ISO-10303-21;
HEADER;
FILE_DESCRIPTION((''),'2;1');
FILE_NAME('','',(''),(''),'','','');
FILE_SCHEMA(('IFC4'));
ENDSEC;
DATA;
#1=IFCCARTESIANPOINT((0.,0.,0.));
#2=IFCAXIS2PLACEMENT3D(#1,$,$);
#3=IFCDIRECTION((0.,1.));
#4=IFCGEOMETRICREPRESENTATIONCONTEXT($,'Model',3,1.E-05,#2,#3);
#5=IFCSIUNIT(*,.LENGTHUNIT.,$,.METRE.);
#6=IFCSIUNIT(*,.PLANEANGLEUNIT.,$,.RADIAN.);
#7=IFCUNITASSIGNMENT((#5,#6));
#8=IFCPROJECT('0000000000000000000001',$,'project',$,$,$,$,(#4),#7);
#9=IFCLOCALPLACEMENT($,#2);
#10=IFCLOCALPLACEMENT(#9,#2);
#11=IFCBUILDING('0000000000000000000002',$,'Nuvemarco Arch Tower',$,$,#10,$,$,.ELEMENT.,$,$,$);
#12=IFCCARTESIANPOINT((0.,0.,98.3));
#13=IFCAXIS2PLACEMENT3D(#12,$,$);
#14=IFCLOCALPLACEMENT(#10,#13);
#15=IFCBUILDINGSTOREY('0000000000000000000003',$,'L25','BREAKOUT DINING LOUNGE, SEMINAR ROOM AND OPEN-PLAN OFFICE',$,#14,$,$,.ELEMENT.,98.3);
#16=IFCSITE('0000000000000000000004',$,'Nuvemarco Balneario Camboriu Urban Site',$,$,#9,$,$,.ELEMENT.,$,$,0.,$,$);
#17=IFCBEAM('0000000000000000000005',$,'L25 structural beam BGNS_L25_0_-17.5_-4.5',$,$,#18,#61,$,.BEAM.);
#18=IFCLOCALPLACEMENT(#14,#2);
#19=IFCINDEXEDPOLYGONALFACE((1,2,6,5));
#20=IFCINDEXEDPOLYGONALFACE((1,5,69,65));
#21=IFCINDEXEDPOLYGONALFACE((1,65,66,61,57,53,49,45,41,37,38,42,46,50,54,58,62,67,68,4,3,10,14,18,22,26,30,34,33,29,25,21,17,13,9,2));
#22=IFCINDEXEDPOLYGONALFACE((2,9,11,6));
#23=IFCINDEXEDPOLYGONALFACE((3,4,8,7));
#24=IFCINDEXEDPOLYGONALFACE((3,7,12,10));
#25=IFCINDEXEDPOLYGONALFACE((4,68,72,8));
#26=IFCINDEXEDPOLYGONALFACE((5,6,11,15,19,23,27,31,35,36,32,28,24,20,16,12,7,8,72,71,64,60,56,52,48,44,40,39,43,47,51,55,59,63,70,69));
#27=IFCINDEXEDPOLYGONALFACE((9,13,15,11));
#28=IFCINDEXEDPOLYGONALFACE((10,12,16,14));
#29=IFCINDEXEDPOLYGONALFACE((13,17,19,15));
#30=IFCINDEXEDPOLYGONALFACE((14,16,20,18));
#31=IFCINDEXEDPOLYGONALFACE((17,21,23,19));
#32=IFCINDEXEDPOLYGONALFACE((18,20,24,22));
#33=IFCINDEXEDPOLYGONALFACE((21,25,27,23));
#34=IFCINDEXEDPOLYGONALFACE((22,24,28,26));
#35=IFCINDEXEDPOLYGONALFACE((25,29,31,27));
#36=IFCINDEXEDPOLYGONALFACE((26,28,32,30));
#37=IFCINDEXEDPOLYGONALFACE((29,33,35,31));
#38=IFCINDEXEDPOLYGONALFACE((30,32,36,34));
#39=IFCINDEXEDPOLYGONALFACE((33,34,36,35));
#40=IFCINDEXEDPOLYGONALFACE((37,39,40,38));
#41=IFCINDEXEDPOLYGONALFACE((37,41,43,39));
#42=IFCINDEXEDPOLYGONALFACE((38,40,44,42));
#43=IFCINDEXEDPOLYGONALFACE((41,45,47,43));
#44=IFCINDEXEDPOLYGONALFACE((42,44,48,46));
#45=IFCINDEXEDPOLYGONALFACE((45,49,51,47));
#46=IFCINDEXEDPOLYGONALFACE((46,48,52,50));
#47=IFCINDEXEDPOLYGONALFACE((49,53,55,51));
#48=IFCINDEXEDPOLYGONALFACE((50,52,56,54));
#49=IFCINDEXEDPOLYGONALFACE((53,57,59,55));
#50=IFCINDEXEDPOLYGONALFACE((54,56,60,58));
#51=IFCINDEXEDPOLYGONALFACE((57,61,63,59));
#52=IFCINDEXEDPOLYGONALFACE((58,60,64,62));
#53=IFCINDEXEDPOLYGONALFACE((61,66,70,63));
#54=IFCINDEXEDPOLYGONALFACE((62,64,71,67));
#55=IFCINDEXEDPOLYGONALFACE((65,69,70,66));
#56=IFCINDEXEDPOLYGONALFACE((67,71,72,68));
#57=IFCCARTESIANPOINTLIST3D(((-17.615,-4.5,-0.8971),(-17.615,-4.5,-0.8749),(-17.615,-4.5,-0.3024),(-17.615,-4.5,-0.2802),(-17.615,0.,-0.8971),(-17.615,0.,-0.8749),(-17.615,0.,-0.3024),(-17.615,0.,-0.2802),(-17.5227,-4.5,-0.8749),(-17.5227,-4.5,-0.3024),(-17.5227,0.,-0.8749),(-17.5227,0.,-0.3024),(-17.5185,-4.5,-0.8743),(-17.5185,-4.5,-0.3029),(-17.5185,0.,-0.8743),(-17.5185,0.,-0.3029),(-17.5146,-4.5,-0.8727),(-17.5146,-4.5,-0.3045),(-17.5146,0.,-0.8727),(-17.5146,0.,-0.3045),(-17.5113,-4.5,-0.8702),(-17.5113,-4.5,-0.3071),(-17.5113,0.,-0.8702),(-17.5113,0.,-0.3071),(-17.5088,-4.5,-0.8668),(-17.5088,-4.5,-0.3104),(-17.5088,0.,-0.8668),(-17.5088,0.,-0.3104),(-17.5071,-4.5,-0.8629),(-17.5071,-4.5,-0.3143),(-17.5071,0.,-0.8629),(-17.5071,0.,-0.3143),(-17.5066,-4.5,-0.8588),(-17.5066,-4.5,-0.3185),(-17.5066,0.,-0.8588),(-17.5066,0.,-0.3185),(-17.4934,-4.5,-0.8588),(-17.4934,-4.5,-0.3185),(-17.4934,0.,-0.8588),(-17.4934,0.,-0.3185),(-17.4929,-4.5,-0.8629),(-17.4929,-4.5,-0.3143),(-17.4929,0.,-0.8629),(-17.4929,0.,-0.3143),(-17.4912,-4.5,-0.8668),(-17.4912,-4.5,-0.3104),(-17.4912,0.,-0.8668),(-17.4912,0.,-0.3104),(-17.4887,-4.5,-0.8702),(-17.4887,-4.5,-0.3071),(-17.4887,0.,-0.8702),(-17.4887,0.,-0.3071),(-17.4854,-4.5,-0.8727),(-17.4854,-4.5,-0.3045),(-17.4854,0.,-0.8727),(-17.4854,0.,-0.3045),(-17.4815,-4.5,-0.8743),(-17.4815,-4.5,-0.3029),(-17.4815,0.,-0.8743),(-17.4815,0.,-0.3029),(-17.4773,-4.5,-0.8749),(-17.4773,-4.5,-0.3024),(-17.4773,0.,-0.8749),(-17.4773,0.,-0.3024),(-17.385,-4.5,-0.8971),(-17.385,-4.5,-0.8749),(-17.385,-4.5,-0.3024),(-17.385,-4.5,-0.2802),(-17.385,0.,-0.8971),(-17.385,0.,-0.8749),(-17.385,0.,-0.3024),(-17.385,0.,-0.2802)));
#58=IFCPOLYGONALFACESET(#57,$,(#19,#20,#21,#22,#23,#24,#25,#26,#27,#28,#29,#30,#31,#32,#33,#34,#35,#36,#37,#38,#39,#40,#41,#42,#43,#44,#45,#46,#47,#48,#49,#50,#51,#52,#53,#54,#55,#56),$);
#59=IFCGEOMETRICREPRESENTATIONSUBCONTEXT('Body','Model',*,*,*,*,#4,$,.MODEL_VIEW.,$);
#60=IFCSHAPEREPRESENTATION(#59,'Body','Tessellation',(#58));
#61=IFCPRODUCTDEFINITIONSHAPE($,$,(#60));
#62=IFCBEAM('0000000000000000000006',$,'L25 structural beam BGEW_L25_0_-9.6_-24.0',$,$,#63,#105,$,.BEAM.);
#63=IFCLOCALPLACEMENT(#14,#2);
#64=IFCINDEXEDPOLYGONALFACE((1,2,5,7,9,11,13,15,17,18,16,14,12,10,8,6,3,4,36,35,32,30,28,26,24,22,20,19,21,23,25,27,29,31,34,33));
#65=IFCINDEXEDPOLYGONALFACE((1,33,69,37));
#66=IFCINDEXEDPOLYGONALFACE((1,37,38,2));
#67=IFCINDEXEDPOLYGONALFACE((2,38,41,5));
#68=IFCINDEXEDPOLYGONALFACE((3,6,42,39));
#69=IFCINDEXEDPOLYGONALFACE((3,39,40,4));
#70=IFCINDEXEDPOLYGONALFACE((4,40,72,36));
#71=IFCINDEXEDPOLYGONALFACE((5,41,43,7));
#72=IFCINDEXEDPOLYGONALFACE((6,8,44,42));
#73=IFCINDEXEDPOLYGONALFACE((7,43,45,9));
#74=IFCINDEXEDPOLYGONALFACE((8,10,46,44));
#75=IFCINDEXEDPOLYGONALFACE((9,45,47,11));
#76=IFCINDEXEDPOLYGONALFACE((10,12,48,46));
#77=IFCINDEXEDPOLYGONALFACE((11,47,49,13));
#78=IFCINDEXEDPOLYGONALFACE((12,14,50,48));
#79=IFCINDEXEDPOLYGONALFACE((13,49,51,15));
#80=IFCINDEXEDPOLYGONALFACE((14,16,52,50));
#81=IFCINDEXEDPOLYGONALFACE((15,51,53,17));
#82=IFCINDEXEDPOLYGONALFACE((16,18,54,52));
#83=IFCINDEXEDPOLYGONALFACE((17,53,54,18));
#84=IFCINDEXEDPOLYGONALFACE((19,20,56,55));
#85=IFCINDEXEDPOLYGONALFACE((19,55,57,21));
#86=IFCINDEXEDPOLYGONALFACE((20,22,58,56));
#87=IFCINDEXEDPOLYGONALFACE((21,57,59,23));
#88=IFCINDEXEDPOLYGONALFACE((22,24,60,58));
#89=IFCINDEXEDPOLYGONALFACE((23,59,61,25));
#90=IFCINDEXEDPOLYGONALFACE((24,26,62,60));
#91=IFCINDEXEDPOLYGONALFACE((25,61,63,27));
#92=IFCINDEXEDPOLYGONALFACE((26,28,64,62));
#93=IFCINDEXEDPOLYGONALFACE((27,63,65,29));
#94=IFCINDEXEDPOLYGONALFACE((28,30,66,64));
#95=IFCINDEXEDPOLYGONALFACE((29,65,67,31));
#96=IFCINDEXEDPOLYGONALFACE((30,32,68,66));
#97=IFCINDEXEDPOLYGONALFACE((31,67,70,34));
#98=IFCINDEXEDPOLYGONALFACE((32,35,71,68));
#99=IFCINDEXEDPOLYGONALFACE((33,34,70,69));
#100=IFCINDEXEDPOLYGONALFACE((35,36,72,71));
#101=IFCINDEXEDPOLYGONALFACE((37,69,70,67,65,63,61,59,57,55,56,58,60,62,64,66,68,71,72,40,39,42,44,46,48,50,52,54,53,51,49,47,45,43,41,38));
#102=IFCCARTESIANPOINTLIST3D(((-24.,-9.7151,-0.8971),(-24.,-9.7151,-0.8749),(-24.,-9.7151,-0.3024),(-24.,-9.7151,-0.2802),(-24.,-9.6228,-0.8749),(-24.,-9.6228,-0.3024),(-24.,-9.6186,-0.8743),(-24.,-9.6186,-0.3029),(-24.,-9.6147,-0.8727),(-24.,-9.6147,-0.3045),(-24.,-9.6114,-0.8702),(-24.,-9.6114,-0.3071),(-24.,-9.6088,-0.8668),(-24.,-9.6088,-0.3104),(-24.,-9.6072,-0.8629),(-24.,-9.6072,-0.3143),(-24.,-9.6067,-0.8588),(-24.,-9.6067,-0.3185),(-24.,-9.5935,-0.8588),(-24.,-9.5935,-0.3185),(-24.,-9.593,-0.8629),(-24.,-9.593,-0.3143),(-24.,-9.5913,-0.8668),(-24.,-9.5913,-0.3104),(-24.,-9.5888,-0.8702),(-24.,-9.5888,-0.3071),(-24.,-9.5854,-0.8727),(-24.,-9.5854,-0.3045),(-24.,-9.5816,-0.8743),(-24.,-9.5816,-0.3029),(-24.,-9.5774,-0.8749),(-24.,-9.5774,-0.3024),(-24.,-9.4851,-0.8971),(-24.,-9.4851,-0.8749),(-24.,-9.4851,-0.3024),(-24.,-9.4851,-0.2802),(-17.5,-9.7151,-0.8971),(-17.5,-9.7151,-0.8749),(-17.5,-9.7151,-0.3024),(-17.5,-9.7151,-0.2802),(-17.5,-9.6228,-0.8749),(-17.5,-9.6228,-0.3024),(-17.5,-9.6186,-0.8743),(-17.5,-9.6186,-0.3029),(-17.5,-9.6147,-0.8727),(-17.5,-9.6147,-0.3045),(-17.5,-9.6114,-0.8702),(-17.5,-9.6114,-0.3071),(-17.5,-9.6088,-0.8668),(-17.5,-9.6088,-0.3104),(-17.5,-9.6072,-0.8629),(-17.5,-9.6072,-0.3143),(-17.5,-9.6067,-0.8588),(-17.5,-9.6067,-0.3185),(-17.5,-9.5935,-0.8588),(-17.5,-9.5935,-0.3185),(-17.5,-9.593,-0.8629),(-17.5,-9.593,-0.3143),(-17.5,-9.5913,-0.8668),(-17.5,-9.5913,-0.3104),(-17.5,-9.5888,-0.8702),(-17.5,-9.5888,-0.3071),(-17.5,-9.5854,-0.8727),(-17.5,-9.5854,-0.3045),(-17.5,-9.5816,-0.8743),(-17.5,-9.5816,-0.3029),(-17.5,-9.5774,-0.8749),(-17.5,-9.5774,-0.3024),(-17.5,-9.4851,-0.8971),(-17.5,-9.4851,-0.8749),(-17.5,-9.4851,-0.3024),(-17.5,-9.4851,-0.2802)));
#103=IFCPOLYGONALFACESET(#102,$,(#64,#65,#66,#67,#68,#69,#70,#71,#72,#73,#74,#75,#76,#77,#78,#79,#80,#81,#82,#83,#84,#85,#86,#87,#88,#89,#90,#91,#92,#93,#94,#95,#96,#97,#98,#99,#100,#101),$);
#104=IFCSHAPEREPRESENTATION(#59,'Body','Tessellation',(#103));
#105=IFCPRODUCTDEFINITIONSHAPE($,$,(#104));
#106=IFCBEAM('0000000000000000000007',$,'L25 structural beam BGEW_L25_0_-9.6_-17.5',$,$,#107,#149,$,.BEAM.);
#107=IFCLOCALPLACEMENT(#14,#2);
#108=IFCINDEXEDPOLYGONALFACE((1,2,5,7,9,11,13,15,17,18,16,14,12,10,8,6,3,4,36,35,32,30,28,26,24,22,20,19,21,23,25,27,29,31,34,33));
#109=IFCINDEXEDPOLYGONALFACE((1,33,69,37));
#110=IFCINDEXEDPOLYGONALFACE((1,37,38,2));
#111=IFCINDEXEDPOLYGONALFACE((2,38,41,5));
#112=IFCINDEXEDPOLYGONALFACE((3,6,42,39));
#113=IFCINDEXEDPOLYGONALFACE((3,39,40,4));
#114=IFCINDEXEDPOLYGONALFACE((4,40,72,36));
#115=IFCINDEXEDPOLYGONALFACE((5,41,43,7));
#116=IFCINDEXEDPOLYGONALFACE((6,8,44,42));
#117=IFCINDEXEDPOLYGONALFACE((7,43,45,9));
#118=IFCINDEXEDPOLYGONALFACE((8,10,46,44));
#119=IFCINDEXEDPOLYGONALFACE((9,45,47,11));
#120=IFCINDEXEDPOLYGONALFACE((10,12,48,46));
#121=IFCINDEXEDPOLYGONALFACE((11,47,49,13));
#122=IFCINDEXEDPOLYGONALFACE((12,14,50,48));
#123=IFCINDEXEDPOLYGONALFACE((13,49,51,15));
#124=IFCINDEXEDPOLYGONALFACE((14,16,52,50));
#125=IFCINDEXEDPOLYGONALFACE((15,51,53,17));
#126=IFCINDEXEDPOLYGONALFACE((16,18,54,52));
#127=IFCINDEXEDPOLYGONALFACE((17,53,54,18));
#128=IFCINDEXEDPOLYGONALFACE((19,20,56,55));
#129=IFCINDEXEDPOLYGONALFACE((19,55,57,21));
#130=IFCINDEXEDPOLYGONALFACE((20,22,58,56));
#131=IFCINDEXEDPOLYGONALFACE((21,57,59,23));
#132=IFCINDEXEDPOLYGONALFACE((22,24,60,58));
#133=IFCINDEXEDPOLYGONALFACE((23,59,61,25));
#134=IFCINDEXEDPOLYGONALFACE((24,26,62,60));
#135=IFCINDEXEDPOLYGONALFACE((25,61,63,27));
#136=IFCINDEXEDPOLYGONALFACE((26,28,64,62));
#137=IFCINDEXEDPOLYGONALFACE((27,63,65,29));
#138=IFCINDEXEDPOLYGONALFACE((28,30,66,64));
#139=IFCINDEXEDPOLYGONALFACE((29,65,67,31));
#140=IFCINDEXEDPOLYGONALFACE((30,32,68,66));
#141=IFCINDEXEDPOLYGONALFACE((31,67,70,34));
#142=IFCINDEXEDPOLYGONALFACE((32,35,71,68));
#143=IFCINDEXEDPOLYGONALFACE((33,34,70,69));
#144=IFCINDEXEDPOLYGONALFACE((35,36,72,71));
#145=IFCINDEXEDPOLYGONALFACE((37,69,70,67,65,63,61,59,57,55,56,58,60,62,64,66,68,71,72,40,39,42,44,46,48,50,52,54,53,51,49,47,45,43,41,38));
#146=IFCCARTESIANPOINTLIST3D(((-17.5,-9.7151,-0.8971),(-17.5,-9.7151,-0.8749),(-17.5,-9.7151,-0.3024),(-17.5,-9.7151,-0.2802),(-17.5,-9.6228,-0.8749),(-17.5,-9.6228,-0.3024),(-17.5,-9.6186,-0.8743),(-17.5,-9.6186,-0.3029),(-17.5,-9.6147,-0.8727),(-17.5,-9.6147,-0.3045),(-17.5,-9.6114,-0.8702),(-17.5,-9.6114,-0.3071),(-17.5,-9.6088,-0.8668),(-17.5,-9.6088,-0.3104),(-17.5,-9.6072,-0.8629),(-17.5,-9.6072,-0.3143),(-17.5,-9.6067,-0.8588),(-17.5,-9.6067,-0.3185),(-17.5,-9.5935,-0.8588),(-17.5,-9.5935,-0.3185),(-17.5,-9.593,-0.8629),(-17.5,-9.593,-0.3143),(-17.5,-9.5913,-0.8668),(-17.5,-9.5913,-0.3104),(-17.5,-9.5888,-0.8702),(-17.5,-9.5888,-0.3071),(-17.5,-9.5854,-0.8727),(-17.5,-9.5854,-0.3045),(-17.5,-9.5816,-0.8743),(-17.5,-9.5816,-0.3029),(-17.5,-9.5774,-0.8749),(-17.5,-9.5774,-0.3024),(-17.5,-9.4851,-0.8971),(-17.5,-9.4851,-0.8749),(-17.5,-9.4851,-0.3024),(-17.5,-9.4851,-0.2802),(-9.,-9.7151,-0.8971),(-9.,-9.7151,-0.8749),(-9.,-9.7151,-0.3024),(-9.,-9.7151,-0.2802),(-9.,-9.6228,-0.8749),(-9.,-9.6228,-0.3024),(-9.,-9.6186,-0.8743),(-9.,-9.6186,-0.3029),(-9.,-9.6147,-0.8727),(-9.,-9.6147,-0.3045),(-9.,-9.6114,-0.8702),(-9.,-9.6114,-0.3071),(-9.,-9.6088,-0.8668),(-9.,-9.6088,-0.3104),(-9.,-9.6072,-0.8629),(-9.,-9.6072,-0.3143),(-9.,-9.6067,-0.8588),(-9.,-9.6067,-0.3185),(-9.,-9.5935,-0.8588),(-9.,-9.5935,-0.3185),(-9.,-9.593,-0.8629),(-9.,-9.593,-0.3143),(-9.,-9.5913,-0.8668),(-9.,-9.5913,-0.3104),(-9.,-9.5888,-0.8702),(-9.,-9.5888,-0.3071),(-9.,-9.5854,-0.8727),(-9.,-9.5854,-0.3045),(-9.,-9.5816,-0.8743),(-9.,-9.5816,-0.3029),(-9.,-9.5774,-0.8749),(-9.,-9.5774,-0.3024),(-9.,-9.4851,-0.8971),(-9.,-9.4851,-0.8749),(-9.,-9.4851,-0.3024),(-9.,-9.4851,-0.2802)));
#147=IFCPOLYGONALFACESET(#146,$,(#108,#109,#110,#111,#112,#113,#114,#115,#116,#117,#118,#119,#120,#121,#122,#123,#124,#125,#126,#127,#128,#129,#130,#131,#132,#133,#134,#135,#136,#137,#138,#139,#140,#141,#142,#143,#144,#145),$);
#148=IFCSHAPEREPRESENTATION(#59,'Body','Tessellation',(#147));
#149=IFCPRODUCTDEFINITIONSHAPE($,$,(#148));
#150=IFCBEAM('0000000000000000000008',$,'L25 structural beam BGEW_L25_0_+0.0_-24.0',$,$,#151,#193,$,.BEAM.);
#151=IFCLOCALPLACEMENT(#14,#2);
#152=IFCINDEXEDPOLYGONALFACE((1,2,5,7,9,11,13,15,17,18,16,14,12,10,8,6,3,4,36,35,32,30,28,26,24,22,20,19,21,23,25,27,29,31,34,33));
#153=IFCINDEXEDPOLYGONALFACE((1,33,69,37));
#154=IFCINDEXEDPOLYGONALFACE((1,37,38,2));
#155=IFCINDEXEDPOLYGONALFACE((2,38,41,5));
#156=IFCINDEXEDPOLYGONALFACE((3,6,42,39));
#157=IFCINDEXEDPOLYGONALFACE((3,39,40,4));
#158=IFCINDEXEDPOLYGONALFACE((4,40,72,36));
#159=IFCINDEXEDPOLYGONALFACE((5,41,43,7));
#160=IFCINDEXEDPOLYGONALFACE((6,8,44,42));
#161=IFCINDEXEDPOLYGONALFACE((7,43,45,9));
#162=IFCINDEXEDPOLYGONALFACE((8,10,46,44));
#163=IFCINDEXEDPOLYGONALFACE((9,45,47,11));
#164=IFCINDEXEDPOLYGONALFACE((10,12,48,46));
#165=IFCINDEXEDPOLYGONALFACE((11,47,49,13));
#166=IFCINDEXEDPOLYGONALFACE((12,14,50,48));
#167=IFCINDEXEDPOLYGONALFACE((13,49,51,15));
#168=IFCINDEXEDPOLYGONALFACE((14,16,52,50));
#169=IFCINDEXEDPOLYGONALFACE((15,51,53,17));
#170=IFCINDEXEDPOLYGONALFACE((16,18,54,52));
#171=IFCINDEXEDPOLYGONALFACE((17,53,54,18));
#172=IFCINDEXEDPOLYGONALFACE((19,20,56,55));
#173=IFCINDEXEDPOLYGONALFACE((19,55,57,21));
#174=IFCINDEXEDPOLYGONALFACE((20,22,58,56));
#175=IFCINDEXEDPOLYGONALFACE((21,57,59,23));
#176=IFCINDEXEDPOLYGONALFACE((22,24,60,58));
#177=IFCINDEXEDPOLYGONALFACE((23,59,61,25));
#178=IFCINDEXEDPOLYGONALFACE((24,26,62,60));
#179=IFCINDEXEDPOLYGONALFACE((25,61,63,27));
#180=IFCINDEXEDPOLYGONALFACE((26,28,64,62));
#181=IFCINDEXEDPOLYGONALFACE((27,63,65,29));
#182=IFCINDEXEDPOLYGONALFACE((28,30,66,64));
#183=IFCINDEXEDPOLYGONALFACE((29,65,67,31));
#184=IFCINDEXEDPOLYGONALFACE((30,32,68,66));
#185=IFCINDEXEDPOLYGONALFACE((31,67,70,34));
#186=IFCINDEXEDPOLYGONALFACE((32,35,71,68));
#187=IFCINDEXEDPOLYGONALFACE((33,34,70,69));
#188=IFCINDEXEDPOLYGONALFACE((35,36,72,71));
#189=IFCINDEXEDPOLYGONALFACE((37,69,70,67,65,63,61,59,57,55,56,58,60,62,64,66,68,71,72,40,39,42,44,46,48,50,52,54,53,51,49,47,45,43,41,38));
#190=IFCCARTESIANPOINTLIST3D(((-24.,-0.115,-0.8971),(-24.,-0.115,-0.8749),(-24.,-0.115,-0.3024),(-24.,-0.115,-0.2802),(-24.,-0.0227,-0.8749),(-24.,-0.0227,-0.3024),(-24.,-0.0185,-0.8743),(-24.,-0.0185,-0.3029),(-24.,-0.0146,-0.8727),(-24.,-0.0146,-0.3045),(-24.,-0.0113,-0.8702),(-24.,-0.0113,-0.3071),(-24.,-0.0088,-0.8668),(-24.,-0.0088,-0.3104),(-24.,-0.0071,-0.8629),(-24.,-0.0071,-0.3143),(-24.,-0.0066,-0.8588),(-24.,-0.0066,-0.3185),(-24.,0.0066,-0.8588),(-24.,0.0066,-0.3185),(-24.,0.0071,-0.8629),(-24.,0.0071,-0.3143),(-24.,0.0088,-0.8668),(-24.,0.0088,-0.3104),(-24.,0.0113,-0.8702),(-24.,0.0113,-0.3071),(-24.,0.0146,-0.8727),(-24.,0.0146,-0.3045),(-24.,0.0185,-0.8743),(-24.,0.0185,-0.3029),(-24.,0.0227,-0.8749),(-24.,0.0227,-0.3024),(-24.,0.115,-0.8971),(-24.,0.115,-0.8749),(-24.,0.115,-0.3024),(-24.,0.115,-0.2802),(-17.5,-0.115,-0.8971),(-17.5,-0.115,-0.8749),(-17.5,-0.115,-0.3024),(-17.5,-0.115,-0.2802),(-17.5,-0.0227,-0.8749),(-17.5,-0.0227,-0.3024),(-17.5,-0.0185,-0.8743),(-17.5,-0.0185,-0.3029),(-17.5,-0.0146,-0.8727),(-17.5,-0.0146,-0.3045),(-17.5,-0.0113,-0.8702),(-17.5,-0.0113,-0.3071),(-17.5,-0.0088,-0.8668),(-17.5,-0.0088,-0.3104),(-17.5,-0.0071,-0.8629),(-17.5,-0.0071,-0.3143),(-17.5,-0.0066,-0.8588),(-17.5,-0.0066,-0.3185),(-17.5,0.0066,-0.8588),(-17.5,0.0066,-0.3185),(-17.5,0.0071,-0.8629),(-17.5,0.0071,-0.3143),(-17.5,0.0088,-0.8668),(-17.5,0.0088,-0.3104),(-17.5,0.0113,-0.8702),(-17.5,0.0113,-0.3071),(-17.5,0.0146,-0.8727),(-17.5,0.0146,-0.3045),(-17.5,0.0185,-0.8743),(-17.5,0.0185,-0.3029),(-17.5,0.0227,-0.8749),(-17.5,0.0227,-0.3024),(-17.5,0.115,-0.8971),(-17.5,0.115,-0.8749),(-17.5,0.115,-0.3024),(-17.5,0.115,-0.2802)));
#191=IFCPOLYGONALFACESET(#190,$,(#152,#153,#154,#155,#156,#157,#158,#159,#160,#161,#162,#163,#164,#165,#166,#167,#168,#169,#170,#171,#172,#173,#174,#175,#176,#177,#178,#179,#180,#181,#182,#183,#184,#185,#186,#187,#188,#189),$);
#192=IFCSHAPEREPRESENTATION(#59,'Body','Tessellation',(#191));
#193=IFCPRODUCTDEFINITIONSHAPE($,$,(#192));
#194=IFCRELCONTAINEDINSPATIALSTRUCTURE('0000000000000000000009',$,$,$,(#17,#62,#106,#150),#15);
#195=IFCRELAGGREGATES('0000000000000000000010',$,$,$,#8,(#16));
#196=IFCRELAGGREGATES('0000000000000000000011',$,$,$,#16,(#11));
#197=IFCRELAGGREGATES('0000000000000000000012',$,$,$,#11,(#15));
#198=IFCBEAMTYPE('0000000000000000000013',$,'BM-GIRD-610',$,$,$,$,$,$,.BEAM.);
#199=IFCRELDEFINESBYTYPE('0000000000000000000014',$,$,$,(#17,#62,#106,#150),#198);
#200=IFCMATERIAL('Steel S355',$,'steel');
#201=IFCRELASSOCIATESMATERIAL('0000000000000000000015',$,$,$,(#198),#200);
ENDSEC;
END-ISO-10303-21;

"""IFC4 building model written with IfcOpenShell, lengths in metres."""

from ifc_helpers import new_model, si_unit, direction, frame, origin, origin_2d, place, context, subcontext, project, spatial, i_section, extrude, material, material_profile, profile_set, type_object, element, save


model = new_model("IFC4")

# Units and contexts
model_context = context("Model", 3, precision=1e-05, world=origin(), true_north=direction((0.0, 1.0)))
body_context = subcontext(model_context, "Body", "Model", "MODEL_VIEW")
ifc_project = project(units=[si_unit("LENGTHUNIT", "METRE"), si_unit("PLANEANGLEUNIT", "RADIAN")], contexts=[model_context])

# Site, building, storey
site_placement = place(None, origin())
site = spatial("IfcSite", under=ifc_project, at=site_placement, Name="Nuvemarco Balneario Camboriu Urban Site", CompositionType="ELEMENT", RefElevation=0.0)
building_placement = place(site_placement, origin())
building = spatial("IfcBuilding", under=site, at=building_placement, Name="Nuvemarco Arch Tower", CompositionType="ELEMENT")
storey_placement = place(building_placement, frame((0.0, 0.0, 98.3)))
storey = spatial("IfcBuildingStorey", under=building, at=storey_placement, Name="L25", Description="BREAKOUT DINING LOUNGE, SEMINAR ROOM AND OPEN-PLAN OFFICE", CompositionType="ELEMENT", Elevation=98.3)

# Shared definitions
ifc_material_1 = material(Name="Steel S355", Category="steel")

# Beams
ifc_material_profile_1 = material_profile(ifc_material_1, i_section(OverallWidth=0.23, OverallDepth=0.6169, WebThickness=0.0132, FlangeThickness=0.0222, FilletRadius=0.0161, at=origin_2d()), Name="W610x140")
ifc_profile_set_1 = profile_set([ifc_material_profile_1], Name="Steel S355")
beam_type_1 = type_object("IfcBeamType", Name="BM-GIRD-610", PredefinedType="BEAM", material=ifc_profile_set_1)
beam_1_placement = place(storey_placement, frame((-17.5, -4.5, -0.5886), z_axis=(0.0, 1.0, 0.0), x_axis=(-1.0, 0.0, 0.0)))
element("IfcBeam", 1, at=beam_1_placement, inside=storey, type_object=beam_type_1, Name="L25 structural beam BGNS_L25_0_-17.5_-4.5", PredefinedType="BEAM", context=body_context, shape_type="SweptSolid", body=[
    extrude(i_section(OverallWidth=0.23, OverallDepth=0.6169, WebThickness=0.0132, FlangeThickness=0.0222, FilletRadius=0.0161, at=origin_2d()), origin(), (0.0, 0.0, 1.0), 4.5),
])
beam_2_placement = place(storey_placement, frame((-24.0, -9.6001, -0.5886), z_axis=(1.0, 0.0, 0.0), x_axis=(0.0, 1.0, 0.0)))
element("IfcBeam", 2, at=beam_2_placement, inside=storey, type_object=beam_type_1, Name="L25 structural beam BGEW_L25_0_-9.6_-24.0", PredefinedType="BEAM", context=body_context, shape_type="SweptSolid", body=[
    extrude(i_section(OverallWidth=0.23, OverallDepth=0.6169, WebThickness=0.0132, FlangeThickness=0.0222, FilletRadius=0.0161, at=origin_2d()), origin(), (0.0, 0.0, 1.0), 6.5),
])
beam_3_placement = place(storey_placement, frame((-17.5, -9.6001, -0.5886), z_axis=(1.0, 0.0, 0.0), x_axis=(0.0, 1.0, 0.0)))
element("IfcBeam", 3, at=beam_3_placement, inside=storey, type_object=beam_type_1, Name="L25 structural beam BGEW_L25_0_-9.6_-17.5", PredefinedType="BEAM", context=body_context, shape_type="SweptSolid", body=[
    extrude(i_section(OverallWidth=0.23, OverallDepth=0.6169, WebThickness=0.0132, FlangeThickness=0.0222, FilletRadius=0.0161, at=origin_2d()), origin(), (0.0, 0.0, 1.0), 8.5),
])
beam_4_placement = place(storey_placement, frame((-24.0, 0.0, -0.5886), z_axis=(1.0, 0.0, 0.0), x_axis=(0.0, 1.0, 0.0)))
element("IfcBeam", 4, at=beam_4_placement, inside=storey, type_object=beam_type_1, Name="L25 structural beam BGEW_L25_0_+0.0_-24.0", PredefinedType="BEAM", context=body_context, shape_type="SweptSolid", body=[
    extrude(i_section(OverallWidth=0.23, OverallDepth=0.6169, WebThickness=0.0132, FlangeThickness=0.0222, FilletRadius=0.0161, at=origin_2d()), origin(), (0.0, 0.0, 1.0), 6.5),
])

save(model, "model.ifc")
